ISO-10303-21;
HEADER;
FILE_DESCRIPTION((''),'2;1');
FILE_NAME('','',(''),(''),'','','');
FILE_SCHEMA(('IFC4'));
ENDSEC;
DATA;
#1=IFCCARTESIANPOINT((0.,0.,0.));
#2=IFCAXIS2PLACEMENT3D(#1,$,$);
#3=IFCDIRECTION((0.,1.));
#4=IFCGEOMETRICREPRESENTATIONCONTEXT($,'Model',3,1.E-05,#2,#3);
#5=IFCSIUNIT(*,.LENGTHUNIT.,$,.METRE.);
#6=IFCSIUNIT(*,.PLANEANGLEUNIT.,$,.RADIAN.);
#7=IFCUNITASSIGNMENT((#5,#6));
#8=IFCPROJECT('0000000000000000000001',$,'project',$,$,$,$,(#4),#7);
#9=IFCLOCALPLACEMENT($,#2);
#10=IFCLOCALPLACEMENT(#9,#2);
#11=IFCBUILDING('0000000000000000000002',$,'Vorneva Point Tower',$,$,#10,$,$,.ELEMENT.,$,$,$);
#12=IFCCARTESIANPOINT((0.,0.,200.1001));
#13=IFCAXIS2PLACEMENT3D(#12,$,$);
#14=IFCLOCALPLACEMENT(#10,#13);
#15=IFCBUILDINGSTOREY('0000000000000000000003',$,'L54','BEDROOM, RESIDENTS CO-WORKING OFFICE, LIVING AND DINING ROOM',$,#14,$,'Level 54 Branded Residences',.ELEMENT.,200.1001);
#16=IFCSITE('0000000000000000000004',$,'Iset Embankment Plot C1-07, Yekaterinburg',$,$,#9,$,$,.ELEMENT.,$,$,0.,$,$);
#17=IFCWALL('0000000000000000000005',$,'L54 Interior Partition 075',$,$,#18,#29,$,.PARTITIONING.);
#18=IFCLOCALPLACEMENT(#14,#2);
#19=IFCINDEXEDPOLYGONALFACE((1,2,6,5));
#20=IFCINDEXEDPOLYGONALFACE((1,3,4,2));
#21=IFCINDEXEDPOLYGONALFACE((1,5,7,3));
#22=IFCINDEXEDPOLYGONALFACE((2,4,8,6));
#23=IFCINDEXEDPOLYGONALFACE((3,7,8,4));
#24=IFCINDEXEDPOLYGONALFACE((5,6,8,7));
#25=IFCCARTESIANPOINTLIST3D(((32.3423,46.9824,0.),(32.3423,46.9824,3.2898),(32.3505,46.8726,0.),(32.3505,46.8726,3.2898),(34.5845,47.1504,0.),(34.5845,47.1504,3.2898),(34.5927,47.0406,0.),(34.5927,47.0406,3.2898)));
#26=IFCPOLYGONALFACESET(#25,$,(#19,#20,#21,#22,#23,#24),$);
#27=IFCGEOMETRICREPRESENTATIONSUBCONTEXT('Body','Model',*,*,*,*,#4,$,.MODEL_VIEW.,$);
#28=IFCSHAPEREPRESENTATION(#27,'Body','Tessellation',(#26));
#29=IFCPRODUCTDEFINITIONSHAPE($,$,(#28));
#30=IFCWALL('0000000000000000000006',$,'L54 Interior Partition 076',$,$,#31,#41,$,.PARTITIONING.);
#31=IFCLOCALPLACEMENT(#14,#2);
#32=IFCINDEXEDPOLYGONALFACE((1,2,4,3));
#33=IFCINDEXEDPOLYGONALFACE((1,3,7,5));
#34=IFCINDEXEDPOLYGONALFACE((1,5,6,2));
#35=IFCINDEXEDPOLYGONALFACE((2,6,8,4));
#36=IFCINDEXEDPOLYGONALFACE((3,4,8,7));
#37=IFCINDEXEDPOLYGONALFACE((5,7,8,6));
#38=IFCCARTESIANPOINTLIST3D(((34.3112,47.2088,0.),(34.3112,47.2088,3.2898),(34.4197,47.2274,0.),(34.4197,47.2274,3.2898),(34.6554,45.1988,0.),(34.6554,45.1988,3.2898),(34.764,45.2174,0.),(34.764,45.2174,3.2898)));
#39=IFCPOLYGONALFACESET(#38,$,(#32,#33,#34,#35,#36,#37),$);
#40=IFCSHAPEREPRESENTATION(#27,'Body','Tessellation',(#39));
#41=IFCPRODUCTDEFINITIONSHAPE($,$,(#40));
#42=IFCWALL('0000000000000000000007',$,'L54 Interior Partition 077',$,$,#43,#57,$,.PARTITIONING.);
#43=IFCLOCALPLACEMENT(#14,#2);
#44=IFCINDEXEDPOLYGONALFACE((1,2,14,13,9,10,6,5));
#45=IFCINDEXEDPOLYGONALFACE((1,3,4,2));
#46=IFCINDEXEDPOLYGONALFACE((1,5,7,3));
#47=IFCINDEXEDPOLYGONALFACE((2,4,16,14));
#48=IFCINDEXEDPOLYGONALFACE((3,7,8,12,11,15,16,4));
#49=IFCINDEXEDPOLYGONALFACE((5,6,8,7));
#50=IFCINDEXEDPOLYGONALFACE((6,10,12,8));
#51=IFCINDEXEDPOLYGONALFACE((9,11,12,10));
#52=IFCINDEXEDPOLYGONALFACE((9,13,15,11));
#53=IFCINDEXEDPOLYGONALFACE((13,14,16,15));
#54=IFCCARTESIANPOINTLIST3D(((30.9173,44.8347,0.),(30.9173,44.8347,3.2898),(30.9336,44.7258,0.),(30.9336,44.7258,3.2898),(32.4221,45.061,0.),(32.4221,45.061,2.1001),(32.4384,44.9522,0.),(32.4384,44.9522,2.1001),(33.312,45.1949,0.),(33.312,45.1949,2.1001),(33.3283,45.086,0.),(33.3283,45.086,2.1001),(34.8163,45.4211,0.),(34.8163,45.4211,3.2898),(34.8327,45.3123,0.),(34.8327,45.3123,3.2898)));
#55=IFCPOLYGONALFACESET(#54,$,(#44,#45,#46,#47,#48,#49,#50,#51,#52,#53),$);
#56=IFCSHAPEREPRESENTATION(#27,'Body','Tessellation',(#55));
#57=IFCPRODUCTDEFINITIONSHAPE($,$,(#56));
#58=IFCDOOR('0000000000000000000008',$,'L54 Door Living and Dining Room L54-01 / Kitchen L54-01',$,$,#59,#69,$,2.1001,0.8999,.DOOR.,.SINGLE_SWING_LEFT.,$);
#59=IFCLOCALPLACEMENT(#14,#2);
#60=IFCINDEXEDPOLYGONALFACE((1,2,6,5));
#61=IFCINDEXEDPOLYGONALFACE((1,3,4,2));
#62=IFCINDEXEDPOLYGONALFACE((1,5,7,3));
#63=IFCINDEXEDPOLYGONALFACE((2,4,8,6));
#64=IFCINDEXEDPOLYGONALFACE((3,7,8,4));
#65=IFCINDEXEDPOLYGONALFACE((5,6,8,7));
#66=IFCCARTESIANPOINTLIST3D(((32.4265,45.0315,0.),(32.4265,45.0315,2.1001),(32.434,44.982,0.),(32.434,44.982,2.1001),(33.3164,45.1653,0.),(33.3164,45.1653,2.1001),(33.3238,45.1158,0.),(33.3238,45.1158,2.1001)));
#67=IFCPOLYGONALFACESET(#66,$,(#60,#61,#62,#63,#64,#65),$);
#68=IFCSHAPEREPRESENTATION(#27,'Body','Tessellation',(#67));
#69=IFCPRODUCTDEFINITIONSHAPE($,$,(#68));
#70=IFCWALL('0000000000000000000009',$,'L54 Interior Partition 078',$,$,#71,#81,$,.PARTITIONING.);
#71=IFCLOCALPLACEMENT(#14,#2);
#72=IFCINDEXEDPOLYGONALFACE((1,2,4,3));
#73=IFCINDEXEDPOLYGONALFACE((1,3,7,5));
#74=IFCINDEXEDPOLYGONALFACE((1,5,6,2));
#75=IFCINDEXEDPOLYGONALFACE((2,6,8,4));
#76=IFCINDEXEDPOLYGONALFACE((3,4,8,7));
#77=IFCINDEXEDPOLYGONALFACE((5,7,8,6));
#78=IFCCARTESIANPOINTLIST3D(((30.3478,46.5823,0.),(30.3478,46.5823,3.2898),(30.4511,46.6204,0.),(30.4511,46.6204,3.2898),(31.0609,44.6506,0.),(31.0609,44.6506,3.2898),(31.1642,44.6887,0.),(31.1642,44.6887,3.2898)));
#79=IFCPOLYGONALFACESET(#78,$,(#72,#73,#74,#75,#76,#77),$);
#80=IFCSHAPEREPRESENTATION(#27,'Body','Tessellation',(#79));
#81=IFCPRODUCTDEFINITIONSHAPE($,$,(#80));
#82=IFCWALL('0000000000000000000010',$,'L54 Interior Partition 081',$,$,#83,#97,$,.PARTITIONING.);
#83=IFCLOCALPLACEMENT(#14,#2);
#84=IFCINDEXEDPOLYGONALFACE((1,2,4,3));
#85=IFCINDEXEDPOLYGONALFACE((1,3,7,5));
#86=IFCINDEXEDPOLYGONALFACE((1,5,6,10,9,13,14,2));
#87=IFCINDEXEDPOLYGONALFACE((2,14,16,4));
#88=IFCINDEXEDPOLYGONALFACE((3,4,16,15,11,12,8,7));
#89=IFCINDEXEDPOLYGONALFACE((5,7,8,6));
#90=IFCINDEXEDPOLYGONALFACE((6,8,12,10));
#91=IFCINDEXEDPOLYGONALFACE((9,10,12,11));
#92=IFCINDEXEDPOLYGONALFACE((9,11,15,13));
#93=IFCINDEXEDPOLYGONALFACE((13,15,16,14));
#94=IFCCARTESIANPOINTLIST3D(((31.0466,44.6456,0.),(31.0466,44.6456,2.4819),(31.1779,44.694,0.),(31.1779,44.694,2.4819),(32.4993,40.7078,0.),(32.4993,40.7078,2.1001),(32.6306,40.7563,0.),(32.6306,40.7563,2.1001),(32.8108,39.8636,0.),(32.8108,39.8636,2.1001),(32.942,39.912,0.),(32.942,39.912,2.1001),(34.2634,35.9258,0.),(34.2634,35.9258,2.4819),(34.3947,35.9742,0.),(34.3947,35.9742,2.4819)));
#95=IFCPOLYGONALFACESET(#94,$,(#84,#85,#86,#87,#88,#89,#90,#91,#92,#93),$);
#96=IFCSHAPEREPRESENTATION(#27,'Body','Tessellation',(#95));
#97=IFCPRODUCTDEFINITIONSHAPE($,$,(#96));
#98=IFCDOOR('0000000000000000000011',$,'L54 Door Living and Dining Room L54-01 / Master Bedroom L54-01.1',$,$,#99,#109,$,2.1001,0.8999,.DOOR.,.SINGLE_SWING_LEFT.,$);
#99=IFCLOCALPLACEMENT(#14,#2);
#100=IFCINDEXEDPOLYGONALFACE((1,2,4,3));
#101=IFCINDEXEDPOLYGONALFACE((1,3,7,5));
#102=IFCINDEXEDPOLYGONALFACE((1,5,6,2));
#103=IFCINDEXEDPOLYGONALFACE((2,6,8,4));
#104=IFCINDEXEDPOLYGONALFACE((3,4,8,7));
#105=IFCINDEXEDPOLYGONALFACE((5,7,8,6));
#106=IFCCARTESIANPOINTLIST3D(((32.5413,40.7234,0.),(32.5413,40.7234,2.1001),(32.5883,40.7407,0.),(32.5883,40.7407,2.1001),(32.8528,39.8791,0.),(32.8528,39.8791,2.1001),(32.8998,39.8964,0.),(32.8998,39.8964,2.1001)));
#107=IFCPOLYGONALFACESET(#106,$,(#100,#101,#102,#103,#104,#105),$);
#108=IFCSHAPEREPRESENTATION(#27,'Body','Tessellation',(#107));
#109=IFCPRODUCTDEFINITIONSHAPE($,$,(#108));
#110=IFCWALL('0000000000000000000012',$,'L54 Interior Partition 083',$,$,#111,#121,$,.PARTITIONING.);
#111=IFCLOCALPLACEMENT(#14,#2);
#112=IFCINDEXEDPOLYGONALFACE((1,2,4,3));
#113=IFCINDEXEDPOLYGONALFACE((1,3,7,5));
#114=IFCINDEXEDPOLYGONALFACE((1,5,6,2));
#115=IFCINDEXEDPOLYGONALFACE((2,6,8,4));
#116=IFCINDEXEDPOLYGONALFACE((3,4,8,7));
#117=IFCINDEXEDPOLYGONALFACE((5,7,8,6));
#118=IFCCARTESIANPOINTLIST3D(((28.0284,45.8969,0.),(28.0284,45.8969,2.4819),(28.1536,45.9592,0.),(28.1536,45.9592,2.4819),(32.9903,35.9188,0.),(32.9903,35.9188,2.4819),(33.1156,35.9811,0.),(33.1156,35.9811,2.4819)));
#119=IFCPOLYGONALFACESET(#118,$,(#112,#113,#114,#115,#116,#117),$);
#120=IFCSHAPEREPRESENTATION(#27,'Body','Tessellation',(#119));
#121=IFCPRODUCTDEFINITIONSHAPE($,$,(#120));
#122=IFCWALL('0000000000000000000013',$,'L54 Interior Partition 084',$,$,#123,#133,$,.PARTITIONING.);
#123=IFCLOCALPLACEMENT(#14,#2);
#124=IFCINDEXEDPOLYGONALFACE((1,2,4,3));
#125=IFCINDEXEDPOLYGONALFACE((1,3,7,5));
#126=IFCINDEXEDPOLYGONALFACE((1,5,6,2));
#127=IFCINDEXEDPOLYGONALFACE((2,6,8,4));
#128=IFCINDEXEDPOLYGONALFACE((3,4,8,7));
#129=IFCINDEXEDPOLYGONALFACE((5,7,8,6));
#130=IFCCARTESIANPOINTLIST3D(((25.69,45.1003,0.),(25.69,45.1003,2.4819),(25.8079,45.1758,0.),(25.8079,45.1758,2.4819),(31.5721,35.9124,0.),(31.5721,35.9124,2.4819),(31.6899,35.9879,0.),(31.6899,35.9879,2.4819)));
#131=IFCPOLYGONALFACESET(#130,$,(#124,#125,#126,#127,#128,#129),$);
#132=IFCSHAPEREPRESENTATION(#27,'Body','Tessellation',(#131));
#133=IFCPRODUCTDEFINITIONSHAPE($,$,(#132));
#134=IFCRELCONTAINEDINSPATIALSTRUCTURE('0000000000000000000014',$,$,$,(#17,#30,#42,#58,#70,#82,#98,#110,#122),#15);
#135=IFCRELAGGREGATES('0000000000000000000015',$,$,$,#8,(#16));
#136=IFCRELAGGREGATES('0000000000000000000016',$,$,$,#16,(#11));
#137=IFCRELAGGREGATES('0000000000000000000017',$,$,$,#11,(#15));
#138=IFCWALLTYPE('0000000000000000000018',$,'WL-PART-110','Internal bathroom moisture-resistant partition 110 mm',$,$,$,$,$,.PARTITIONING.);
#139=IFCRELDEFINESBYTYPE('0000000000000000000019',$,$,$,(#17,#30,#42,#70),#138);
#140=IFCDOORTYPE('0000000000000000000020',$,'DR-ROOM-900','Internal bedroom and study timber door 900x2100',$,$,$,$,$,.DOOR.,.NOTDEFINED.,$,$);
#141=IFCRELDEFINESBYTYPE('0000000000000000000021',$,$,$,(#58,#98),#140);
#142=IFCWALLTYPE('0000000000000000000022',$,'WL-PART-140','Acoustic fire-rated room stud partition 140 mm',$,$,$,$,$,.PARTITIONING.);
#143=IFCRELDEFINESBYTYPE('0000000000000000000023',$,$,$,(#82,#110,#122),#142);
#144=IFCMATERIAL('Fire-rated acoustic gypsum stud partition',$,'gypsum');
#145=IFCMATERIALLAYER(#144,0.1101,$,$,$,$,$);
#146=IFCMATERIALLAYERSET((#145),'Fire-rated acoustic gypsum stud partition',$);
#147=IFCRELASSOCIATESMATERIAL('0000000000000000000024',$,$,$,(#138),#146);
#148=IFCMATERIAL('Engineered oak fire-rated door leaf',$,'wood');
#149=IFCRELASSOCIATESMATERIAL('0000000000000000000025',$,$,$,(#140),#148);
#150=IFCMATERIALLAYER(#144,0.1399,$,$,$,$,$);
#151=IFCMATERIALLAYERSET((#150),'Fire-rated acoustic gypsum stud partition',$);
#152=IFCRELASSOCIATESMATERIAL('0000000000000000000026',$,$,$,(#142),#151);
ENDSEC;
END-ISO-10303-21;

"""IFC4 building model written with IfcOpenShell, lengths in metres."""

from ifc_helpers import new_model, si_unit, direction, frame, frame_2d, origin, place, context, subcontext, project, spatial, rectangle, extrude, material, layer, layer_set, type_object, element, fill, save


model = new_model("IFC4")

# Units and contexts
model_context = context("Model", 3, precision=1e-05, world=origin(), true_north=direction((0.0, 1.0)))
body_context = subcontext(model_context, "Body", "Model", "MODEL_VIEW")
ifc_project = project(units=[si_unit("LENGTHUNIT", "METRE"), si_unit("PLANEANGLEUNIT", "RADIAN")], contexts=[model_context])

# Site, building, storey
site_placement = place(None, origin())
site = spatial("IfcSite", under=ifc_project, at=site_placement, Name="Iset Embankment Plot C1-07, Yekaterinburg", CompositionType="ELEMENT", RefElevation=0.0)
building_placement = place(site_placement, origin())
building = spatial("IfcBuilding", under=site, at=building_placement, Name="Vorneva Point Tower", CompositionType="ELEMENT")
storey_placement = place(building_placement, frame((0.0, 0.0, 200.1001)))
storey = spatial("IfcBuildingStorey", under=building, at=storey_placement, Name="L54", Description="BEDROOM, RESIDENTS CO-WORKING OFFICE, LIVING AND DINING ROOM", LongName="Level 54 Branded Residences", CompositionType="ELEMENT", Elevation=200.1001)

# Walls
ifc_material_1 = material(Name="Fire-rated acoustic gypsum stud partition", Category="gypsum")
ifc_layer_1 = layer(ifc_material_1, 0.1101)
ifc_layer_set_1 = layer_set([ifc_layer_1], Name="Fire-rated acoustic gypsum stud partition")
wall_type_1 = type_object("IfcWallType", Name="WL-PART-110", Description="Internal bathroom moisture-resistant partition 110 mm", PredefinedType="PARTITIONING", material=ifc_layer_set_1)
wall_1_placement = place(storey_placement, frame((34.5886, 47.0955, 0.0), z_axis=(0.0, 0.0, 1.0), x_axis=(-0.997206, -0.074704, 0.0)))
element("IfcWall", 1, at=wall_1_placement, inside=storey, type_object=wall_type_1, Name="L54 Interior Partition 075", PredefinedType="PARTITIONING", context=body_context, shape_type="SweptSolid", body=[
    extrude(rectangle(XDim=2.2485, YDim=0.1101, at=frame_2d((1.1243, 0.0))), origin(), (0.0, 0.0, 1.0), 3.2898),
])
wall_2_placement = place(storey_placement, frame((34.3655, 47.218, 0.0), z_axis=(0.0, 0.0, 1.0), x_axis=(0.168804, -0.98565, 0.0)))
element("IfcWall", 2, at=wall_2_placement, inside=storey, type_object=wall_type_1, Name="L54 Interior Partition 076", PredefinedType="PARTITIONING", context=body_context, shape_type="SweptSolid", body=[
    extrude(rectangle(XDim=2.0393, YDim=0.1101, at=frame_2d((1.0195, 0.0))), origin(), (0.0, 0.0, 1.0), 3.2898),
])

# Wall, opening, door
wall_3_placement = place(storey_placement, frame((34.8245, 45.3667, 0.0), z_axis=(0.0, 0.0, 1.0), x_axis=(-0.988877, -0.148734, 0.0)))
wall_3 = element("IfcWall", 3, at=wall_3_placement, inside=storey, type_object=wall_type_1, Name="L54 Interior Partition 077", PredefinedType="PARTITIONING", context=body_context, shape_type="SweptSolid", body=[
    extrude(rectangle(XDim=3.9429, YDim=0.1101, at=frame_2d((1.9714, 0.0))), origin(), (0.0, 0.0, 1.0), 3.2898),
])
opening_1_placement = place(wall_3_placement, frame((1.5212, 0.0, 0.0)))
opening_1 = element("IfcOpeningElement", 4, at=opening_1_placement, cuts=wall_3, PredefinedType="OPENING", context=body_context, shape_type="SweptSolid", body=[
    extrude(rectangle(XDim=0.8999, YDim=2.1001, at=frame_2d((0.45, 1.05))), frame((0.0, 0.0698, 0.0), z_axis=(0.0, -1.0, 0.0), x_axis=(1.0, 0.0, 0.0)), (0.0, 0.0, 1.0), 0.1399),
])
ifc_material_2 = material(Name="Engineered oak fire-rated door leaf", Category="wood")
door_type = type_object("IfcDoorType", Name="DR-ROOM-900", Description="Internal bedroom and study timber door 900x2100", OperationType="NOTDEFINED", PredefinedType="DOOR", material=ifc_material_2)
door_1_placement = place(opening_1_placement, origin())
door_1 = element("IfcDoor", 5, at=door_1_placement, inside=storey, type_object=door_type, Name="L54 Door Living and Dining Room L54-01 / Kitchen L54-01", OperationType="SINGLE_SWING_LEFT", OverallHeight=2.1001, OverallWidth=0.8999, PredefinedType="DOOR", context=body_context, shape_type="SweptSolid", body=[
    extrude(rectangle(XDim=0.8999, YDim=2.1001, at=frame_2d((0.45, 1.05))), frame((0.0, 0.0249, 0.0), z_axis=(0.0, -1.0, 0.0), x_axis=(1.0, 0.0, 0.0)), (0.0, 0.0, 1.0), 0.05),
])
fill(opening_1, door_1)

# Wall
wall_4_placement = place(storey_placement, frame((31.1125, 44.6697, 0.0), z_axis=(0.0, 0.0, 1.0), x_axis=(-0.346337, 0.93811, 0.0)))
element("IfcWall", 6, at=wall_4_placement, inside=storey, type_object=wall_type_1, Name="L54 Interior Partition 078", PredefinedType="PARTITIONING", context=body_context, shape_type="SweptSolid", body=[
    extrude(rectangle(XDim=2.0591, YDim=0.1101, at=frame_2d((1.0295, 0.0))), origin(), (0.0, 0.0, 1.0), 3.2898),
])

# Wall, opening, door
ifc_layer_2 = layer(ifc_material_1, 0.1399)
ifc_layer_set_2 = layer_set([ifc_layer_2], Name="Fire-rated acoustic gypsum stud partition")
wall_type_2 = type_object("IfcWallType", Name="WL-PART-140", Description="Acoustic fire-rated room stud partition 140 mm", PredefinedType="PARTITIONING", material=ifc_layer_set_2)
wall_5_placement = place(storey_placement, frame((31.1123, 44.6697, 0.0), z_axis=(0.0, 0.0, 1.0), x_axis=(0.346109, -0.938194, 0.0)))
wall_5 = element("IfcWall", 7, at=wall_5_placement, inside=storey, type_object=wall_type_2, Name="L54 Interior Partition 081", PredefinedType="PARTITIONING", context=body_context, shape_type="SweptSolid", body=[
    extrude(rectangle(XDim=9.2942, YDim=0.1399, at=frame_2d((4.647, 0.0))), origin(), (0.0, 0.0, 1.0), 2.4819),
])
opening_2_placement = place(wall_5_placement, frame((4.197, 0.0, 0.0)))
opening_2 = element("IfcOpeningElement", 8, at=opening_2_placement, cuts=wall_5, PredefinedType="OPENING", context=body_context, shape_type="SweptSolid", body=[
    extrude(rectangle(XDim=0.8999, YDim=2.1001, at=frame_2d((0.45, 1.05))), frame((0.0, 0.085, 0.0), z_axis=(0.0, -1.0, 0.0), x_axis=(1.0, 0.0, 0.0)), (0.0, 0.0, 1.0), 0.1697),
])
door_2_placement = place(opening_2_placement, origin())
door_2 = element("IfcDoor", 9, at=door_2_placement, inside=storey, type_object=door_type, Name="L54 Door Living and Dining Room L54-01 / Master Bedroom L54-01.1", OperationType="SINGLE_SWING_LEFT", OverallHeight=2.1001, OverallWidth=0.8999, PredefinedType="DOOR", context=body_context, shape_type="SweptSolid", body=[
    extrude(rectangle(XDim=0.8999, YDim=2.1001, at=frame_2d((0.45, 1.05))), frame((0.0, 0.0249, 0.0), z_axis=(0.0, -1.0, 0.0), x_axis=(1.0, 0.0, 0.0)), (0.0, 0.0, 1.0), 0.05),
])
fill(opening_2, door_2)

# Walls
wall_6_placement = place(storey_placement, frame((28.0911, 45.928, 0.0), z_axis=(0.0, 0.0, 1.0), x_axis=(0.445267, -0.895398, 0.0)))
element("IfcWall", 10, at=wall_6_placement, inside=storey, type_object=wall_type_2, Name="L54 Interior Partition 083", PredefinedType="PARTITIONING", context=body_context, shape_type="SweptSolid", body=[
    extrude(rectangle(XDim=11.1438, YDim=0.1399, at=frame_2d((5.5718, 0.0))), origin(), (0.0, 0.0, 1.0), 2.4819),
])
wall_7_placement = place(storey_placement, frame((25.749, 45.1379, 0.0), z_axis=(0.0, 0.0, 1.0), x_axis=(0.539169, -0.842198, 0.0)))
element("IfcWall", 11, at=wall_7_placement, inside=storey, type_object=wall_type_2, Name="L54 Interior Partition 084", PredefinedType="PARTITIONING", context=body_context, shape_type="SweptSolid", body=[
    extrude(rectangle(XDim=10.9094, YDim=0.1399, at=frame_2d((5.4546, 0.0))), origin(), (0.0, 0.0, 1.0), 2.4819),
])

save(model, "model.ifc")
